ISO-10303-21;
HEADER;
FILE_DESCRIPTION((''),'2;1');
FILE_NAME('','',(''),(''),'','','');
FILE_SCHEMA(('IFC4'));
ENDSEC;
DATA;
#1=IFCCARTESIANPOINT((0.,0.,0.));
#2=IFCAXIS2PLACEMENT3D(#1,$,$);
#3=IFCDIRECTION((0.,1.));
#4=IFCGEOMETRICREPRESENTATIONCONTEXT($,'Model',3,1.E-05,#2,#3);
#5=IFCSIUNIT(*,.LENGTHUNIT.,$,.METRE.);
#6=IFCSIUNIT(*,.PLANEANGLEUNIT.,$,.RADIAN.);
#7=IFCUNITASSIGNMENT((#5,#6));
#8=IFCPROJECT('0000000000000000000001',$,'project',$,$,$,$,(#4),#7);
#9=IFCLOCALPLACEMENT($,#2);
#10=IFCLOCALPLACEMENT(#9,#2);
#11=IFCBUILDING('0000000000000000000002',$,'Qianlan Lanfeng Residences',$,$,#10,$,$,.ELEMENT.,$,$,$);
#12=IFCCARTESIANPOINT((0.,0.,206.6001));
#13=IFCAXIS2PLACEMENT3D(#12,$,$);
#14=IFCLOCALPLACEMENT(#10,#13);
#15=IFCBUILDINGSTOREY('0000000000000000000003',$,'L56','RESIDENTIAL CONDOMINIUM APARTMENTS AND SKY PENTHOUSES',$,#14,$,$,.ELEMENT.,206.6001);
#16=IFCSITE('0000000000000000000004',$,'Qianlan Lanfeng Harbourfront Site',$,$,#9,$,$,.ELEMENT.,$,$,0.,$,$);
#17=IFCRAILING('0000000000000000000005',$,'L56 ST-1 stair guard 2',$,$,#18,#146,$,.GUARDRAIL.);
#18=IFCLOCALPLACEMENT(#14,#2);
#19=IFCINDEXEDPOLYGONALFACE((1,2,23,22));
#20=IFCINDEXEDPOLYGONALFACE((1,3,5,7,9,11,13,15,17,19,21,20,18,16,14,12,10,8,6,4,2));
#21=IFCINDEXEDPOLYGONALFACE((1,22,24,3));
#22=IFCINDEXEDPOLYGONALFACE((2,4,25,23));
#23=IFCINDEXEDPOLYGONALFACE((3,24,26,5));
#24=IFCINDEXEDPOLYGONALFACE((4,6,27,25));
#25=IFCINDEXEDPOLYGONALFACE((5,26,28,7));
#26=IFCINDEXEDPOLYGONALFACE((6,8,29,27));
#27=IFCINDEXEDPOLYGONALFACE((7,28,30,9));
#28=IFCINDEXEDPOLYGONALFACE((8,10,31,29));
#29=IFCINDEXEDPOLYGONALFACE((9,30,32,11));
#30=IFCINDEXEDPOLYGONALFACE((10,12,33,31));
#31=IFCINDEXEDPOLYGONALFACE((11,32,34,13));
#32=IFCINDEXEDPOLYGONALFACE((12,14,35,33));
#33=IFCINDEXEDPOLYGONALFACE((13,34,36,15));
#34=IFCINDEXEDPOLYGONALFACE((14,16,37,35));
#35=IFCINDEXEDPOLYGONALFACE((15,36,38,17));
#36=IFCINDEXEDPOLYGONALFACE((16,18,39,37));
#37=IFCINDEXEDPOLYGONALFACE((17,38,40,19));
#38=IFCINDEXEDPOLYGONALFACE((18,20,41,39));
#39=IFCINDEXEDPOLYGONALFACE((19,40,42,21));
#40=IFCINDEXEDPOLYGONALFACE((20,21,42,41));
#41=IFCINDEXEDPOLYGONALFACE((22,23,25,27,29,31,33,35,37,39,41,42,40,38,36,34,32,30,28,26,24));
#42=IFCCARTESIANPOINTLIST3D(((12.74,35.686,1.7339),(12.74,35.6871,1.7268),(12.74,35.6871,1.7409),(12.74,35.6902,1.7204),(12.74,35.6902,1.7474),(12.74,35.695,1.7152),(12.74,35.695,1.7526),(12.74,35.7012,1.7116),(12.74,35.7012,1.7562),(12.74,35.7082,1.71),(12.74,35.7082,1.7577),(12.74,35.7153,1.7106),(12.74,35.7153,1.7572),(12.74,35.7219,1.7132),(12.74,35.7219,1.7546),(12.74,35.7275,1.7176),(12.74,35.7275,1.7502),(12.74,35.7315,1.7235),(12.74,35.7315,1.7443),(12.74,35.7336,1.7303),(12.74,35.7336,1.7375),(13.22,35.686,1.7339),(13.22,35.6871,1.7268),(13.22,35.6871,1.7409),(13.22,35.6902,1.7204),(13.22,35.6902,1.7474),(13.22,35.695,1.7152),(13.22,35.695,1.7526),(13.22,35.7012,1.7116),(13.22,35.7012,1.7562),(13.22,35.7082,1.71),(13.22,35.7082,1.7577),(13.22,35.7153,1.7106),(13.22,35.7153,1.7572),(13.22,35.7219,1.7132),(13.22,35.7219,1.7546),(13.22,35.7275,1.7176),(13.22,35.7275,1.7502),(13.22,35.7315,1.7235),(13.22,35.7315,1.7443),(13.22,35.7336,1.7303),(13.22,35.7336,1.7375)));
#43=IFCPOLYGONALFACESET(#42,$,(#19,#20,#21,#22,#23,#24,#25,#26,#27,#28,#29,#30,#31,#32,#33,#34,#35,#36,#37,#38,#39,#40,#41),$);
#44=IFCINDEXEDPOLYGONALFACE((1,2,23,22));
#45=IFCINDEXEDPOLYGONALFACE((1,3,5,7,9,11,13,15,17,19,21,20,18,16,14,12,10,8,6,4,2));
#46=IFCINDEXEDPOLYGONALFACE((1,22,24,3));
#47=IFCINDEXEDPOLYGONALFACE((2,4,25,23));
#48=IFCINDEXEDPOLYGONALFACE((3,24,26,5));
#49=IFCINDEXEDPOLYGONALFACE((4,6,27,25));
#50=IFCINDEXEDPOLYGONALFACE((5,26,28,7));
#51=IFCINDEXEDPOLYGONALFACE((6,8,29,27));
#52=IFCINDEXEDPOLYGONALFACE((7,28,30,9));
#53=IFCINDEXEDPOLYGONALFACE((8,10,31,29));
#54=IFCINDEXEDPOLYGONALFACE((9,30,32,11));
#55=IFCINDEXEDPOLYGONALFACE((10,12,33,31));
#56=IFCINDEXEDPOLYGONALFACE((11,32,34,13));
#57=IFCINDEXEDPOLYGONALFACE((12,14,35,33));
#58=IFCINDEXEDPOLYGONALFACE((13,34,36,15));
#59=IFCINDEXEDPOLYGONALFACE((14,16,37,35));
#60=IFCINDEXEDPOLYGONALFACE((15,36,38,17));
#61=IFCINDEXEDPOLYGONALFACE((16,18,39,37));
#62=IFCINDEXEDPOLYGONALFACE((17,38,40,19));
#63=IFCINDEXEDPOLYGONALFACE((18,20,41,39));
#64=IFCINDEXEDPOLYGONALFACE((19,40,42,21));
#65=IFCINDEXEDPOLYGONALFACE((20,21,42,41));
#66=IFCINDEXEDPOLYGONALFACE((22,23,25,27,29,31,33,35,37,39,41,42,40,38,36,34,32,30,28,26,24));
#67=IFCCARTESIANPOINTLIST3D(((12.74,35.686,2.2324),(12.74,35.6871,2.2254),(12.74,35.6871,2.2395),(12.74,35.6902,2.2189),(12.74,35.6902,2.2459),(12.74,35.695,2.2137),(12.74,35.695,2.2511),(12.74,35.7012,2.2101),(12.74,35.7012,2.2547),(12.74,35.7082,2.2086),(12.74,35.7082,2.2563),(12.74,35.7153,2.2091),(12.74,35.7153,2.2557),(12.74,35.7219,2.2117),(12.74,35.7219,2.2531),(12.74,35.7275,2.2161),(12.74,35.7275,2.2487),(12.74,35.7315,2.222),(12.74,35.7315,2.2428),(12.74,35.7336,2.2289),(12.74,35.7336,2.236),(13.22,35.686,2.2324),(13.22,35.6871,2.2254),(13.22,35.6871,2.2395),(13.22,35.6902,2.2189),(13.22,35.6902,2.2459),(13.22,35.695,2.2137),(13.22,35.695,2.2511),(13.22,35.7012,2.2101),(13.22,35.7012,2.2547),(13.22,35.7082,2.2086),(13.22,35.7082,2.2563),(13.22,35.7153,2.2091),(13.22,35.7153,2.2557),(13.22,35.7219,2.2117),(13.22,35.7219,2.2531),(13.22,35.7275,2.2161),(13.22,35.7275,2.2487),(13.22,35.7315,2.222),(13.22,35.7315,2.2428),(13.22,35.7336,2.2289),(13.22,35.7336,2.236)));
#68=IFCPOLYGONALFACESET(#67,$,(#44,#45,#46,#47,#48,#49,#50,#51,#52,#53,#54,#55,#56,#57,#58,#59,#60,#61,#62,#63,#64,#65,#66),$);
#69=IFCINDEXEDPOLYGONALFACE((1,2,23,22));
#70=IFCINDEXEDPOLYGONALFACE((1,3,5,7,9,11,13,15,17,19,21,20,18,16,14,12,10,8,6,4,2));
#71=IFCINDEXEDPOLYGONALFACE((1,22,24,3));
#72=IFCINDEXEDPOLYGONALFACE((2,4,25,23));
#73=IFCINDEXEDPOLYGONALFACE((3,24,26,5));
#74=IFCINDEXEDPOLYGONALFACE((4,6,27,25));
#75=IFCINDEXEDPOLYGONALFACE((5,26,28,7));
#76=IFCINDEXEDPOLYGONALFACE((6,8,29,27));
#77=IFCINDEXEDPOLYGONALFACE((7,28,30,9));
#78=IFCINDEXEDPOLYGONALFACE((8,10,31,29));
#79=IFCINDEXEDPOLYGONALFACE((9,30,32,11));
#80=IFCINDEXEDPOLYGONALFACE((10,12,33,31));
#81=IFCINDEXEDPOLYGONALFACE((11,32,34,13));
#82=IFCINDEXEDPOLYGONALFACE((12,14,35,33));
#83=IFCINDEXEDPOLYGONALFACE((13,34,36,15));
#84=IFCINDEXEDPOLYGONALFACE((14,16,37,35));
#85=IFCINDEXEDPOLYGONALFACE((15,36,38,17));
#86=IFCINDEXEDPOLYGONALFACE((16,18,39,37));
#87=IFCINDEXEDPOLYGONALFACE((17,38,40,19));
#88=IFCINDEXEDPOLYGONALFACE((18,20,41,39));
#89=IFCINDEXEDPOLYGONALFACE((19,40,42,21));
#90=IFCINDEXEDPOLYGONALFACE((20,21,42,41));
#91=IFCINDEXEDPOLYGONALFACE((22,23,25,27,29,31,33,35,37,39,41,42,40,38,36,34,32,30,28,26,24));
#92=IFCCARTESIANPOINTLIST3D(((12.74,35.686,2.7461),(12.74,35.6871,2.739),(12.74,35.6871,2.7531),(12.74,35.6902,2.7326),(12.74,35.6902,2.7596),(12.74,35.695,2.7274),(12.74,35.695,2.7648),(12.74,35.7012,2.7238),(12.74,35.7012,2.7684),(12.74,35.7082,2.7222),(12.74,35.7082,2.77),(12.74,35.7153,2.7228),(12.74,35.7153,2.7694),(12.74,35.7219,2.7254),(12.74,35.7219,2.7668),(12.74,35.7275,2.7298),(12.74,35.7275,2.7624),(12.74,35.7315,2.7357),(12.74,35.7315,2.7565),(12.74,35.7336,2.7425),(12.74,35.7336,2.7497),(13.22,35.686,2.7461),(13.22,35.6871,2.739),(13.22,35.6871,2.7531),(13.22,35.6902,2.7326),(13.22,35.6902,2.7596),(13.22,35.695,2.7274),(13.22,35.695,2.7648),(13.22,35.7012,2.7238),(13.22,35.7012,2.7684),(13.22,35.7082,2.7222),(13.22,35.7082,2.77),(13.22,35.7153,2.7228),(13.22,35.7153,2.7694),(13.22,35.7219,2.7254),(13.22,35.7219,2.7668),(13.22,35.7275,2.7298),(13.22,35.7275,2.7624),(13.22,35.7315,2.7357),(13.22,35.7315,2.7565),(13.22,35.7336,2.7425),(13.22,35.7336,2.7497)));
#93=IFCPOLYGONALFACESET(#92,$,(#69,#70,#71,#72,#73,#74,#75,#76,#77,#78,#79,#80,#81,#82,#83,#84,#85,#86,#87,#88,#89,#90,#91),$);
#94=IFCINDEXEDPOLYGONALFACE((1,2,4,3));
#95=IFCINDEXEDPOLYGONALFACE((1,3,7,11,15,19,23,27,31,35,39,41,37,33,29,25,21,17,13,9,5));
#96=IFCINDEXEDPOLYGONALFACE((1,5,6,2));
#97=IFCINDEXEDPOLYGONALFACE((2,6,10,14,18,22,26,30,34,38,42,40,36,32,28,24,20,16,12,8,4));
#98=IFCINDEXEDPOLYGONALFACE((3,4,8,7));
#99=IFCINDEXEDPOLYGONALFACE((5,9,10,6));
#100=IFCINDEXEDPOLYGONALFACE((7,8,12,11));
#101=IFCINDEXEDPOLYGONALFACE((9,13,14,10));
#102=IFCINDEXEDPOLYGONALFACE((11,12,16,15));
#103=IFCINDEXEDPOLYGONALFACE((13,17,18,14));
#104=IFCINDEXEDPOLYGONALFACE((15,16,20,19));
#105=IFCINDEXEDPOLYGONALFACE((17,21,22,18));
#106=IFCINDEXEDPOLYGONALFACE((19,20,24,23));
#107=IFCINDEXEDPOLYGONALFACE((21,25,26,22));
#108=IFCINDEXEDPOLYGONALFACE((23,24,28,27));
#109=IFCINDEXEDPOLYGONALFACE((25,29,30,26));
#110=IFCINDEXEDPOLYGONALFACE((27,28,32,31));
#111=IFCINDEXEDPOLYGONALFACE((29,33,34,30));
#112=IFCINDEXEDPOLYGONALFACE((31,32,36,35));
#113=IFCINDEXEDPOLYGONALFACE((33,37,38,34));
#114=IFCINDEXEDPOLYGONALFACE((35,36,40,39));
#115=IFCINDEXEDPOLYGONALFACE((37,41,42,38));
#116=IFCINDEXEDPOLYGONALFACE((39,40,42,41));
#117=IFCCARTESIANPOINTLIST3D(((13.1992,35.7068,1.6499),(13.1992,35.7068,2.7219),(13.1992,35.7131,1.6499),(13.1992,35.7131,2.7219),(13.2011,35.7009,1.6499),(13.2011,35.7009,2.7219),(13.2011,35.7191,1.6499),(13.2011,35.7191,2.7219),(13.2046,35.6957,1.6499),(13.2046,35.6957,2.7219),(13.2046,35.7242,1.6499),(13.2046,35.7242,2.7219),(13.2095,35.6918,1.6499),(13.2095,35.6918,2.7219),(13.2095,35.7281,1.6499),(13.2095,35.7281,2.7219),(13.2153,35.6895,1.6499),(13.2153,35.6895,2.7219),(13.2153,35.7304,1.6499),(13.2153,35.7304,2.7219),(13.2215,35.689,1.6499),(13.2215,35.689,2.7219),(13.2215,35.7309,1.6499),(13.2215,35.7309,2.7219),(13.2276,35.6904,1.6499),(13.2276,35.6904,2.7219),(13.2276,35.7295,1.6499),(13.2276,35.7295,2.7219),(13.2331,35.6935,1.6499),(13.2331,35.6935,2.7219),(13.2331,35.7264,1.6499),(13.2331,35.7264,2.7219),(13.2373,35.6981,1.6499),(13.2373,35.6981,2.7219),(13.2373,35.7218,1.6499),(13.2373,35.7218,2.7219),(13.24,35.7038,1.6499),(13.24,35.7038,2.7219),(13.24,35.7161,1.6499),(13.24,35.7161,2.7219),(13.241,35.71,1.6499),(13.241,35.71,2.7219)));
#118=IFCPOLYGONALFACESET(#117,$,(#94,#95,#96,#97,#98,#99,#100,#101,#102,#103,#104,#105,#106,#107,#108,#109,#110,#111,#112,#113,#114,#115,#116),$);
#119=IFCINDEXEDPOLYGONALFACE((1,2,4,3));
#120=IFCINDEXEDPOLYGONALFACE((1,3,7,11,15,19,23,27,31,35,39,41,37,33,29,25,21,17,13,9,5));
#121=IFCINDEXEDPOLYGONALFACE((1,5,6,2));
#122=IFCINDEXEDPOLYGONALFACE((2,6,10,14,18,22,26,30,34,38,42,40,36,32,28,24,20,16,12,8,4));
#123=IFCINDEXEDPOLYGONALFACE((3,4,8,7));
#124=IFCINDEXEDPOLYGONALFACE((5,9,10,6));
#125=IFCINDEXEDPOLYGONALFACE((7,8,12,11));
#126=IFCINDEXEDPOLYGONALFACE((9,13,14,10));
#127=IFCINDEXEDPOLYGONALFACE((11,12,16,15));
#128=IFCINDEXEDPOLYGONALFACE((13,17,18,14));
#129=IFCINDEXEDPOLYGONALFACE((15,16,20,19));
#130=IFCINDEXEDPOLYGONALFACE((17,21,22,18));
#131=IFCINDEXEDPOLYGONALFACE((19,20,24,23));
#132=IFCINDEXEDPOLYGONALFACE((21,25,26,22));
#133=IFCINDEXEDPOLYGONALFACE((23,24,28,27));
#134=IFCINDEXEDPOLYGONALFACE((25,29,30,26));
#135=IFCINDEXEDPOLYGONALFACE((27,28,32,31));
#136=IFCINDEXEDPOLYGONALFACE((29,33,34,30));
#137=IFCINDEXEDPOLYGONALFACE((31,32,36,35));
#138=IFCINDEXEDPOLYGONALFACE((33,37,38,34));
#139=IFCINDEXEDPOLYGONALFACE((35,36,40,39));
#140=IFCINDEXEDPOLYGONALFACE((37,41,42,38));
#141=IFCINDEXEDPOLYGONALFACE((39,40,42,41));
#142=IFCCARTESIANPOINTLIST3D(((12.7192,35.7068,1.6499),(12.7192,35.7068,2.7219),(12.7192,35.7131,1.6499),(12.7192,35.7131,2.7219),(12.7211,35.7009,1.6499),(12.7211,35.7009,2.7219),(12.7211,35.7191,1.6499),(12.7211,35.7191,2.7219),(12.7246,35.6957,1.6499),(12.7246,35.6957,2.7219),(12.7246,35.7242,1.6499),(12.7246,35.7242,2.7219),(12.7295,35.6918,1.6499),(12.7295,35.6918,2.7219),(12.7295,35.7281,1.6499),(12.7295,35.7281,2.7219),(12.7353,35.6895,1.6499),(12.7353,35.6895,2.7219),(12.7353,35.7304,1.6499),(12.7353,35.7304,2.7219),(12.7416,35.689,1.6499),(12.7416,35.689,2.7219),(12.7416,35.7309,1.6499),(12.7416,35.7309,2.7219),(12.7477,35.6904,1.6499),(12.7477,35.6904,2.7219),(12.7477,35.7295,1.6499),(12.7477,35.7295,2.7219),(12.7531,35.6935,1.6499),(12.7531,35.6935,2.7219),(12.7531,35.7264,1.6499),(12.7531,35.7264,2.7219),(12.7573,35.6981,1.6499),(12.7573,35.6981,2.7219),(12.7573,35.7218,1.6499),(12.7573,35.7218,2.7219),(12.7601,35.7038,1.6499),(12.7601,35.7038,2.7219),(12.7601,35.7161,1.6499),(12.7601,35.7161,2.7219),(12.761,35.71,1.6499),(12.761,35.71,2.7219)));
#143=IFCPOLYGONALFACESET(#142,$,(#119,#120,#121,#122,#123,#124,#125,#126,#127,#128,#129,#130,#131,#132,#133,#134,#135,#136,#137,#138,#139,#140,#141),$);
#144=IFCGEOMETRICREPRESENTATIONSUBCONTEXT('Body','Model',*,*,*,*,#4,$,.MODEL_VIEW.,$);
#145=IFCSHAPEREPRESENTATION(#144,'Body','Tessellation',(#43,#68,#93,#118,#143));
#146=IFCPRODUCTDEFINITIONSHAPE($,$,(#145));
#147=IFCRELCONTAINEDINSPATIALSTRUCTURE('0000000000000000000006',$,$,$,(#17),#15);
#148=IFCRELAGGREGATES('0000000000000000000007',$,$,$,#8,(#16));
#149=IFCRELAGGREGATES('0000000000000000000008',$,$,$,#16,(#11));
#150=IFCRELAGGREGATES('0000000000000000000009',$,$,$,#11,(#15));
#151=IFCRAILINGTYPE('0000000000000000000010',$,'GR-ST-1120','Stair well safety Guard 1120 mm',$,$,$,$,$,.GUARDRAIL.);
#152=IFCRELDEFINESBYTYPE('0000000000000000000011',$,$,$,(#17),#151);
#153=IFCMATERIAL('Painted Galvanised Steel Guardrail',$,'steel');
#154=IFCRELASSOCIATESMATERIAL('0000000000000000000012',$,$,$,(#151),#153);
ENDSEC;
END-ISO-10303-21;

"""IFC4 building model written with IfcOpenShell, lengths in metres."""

from ifc_helpers import new_model, si_unit, direction, frame, origin, origin_2d, place, context, subcontext, project, spatial, circle, extrude, material, type_object, element, save


model = new_model("IFC4")

# Units and contexts
model_context = context("Model", 3, precision=1e-05, world=origin(), true_north=direction((0.0, 1.0)))
body_context = subcontext(model_context, "Body", "Model", "MODEL_VIEW")
ifc_project = project(units=[si_unit("LENGTHUNIT", "METRE"), si_unit("PLANEANGLEUNIT", "RADIAN")], contexts=[model_context])

# Site, building, storey
site_placement = place(None, origin())
site = spatial("IfcSite", under=ifc_project, at=site_placement, Name="Qianlan Lanfeng Harbourfront Site", CompositionType="ELEMENT", RefElevation=0.0)
building_placement = place(site_placement, origin())
building = spatial("IfcBuilding", under=site, at=building_placement, Name="Qianlan Lanfeng Residences", CompositionType="ELEMENT")
storey_placement = place(building_placement, frame((0.0, 0.0, 206.6001)))
storey = spatial("IfcBuildingStorey", under=building, at=storey_placement, Name="L56", Description="RESIDENTIAL CONDOMINIUM APARTMENTS AND SKY PENTHOUSES", CompositionType="ELEMENT", Elevation=206.6001)

# Railing
ifc_material_1 = material(Name="Painted Galvanised Steel Guardrail", Category="steel")
railing_type_1 = type_object("IfcRailingType", Name="GR-ST-1120", Description="Stair well safety Guard 1120 mm", PredefinedType="GUARDRAIL", material=ifc_material_1)
railing_1_placement = place(storey_placement, frame((13.22, 35.71, 1.6499)))
element("IfcRailing", 1, at=railing_1_placement, inside=storey, type_object=railing_type_1, Name="L56 ST-1 stair guard 2", PredefinedType="GUARDRAIL", context=body_context, shape_type="SweptSolid", body=[
    extrude(circle(Radius=0.0239, at=origin_2d()), frame((0.0, 0.0, 0.084), z_axis=(-1.0, 0.0, 0.0), x_axis=(0.0, -1.0, 0.0)), (0.0, 0.0, 1.0), 0.48),
    extrude(circle(Radius=0.0239, at=origin_2d()), frame((0.0, 0.0, 0.5825), z_axis=(-1.0, 0.0, 0.0), x_axis=(0.0, -1.0, 0.0)), (0.0, 0.0, 1.0), 0.48),
    extrude(circle(Radius=0.0239, at=origin_2d()), frame((0.0, 0.0, 1.0962), z_axis=(-1.0, 0.0, 0.0), x_axis=(0.0, -1.0, 0.0)), (0.0, 0.0, 1.0), 0.48),
    extrude(circle(Radius=0.021, at=origin_2d()), origin(), (0.0, 0.0, 1.0), 1.072),
    extrude(circle(Radius=0.021, at=origin_2d()), frame((-0.48, 0.0, 0.0)), (0.0, 0.0, 1.0), 1.072),
])

save(model, "model.ifc")
